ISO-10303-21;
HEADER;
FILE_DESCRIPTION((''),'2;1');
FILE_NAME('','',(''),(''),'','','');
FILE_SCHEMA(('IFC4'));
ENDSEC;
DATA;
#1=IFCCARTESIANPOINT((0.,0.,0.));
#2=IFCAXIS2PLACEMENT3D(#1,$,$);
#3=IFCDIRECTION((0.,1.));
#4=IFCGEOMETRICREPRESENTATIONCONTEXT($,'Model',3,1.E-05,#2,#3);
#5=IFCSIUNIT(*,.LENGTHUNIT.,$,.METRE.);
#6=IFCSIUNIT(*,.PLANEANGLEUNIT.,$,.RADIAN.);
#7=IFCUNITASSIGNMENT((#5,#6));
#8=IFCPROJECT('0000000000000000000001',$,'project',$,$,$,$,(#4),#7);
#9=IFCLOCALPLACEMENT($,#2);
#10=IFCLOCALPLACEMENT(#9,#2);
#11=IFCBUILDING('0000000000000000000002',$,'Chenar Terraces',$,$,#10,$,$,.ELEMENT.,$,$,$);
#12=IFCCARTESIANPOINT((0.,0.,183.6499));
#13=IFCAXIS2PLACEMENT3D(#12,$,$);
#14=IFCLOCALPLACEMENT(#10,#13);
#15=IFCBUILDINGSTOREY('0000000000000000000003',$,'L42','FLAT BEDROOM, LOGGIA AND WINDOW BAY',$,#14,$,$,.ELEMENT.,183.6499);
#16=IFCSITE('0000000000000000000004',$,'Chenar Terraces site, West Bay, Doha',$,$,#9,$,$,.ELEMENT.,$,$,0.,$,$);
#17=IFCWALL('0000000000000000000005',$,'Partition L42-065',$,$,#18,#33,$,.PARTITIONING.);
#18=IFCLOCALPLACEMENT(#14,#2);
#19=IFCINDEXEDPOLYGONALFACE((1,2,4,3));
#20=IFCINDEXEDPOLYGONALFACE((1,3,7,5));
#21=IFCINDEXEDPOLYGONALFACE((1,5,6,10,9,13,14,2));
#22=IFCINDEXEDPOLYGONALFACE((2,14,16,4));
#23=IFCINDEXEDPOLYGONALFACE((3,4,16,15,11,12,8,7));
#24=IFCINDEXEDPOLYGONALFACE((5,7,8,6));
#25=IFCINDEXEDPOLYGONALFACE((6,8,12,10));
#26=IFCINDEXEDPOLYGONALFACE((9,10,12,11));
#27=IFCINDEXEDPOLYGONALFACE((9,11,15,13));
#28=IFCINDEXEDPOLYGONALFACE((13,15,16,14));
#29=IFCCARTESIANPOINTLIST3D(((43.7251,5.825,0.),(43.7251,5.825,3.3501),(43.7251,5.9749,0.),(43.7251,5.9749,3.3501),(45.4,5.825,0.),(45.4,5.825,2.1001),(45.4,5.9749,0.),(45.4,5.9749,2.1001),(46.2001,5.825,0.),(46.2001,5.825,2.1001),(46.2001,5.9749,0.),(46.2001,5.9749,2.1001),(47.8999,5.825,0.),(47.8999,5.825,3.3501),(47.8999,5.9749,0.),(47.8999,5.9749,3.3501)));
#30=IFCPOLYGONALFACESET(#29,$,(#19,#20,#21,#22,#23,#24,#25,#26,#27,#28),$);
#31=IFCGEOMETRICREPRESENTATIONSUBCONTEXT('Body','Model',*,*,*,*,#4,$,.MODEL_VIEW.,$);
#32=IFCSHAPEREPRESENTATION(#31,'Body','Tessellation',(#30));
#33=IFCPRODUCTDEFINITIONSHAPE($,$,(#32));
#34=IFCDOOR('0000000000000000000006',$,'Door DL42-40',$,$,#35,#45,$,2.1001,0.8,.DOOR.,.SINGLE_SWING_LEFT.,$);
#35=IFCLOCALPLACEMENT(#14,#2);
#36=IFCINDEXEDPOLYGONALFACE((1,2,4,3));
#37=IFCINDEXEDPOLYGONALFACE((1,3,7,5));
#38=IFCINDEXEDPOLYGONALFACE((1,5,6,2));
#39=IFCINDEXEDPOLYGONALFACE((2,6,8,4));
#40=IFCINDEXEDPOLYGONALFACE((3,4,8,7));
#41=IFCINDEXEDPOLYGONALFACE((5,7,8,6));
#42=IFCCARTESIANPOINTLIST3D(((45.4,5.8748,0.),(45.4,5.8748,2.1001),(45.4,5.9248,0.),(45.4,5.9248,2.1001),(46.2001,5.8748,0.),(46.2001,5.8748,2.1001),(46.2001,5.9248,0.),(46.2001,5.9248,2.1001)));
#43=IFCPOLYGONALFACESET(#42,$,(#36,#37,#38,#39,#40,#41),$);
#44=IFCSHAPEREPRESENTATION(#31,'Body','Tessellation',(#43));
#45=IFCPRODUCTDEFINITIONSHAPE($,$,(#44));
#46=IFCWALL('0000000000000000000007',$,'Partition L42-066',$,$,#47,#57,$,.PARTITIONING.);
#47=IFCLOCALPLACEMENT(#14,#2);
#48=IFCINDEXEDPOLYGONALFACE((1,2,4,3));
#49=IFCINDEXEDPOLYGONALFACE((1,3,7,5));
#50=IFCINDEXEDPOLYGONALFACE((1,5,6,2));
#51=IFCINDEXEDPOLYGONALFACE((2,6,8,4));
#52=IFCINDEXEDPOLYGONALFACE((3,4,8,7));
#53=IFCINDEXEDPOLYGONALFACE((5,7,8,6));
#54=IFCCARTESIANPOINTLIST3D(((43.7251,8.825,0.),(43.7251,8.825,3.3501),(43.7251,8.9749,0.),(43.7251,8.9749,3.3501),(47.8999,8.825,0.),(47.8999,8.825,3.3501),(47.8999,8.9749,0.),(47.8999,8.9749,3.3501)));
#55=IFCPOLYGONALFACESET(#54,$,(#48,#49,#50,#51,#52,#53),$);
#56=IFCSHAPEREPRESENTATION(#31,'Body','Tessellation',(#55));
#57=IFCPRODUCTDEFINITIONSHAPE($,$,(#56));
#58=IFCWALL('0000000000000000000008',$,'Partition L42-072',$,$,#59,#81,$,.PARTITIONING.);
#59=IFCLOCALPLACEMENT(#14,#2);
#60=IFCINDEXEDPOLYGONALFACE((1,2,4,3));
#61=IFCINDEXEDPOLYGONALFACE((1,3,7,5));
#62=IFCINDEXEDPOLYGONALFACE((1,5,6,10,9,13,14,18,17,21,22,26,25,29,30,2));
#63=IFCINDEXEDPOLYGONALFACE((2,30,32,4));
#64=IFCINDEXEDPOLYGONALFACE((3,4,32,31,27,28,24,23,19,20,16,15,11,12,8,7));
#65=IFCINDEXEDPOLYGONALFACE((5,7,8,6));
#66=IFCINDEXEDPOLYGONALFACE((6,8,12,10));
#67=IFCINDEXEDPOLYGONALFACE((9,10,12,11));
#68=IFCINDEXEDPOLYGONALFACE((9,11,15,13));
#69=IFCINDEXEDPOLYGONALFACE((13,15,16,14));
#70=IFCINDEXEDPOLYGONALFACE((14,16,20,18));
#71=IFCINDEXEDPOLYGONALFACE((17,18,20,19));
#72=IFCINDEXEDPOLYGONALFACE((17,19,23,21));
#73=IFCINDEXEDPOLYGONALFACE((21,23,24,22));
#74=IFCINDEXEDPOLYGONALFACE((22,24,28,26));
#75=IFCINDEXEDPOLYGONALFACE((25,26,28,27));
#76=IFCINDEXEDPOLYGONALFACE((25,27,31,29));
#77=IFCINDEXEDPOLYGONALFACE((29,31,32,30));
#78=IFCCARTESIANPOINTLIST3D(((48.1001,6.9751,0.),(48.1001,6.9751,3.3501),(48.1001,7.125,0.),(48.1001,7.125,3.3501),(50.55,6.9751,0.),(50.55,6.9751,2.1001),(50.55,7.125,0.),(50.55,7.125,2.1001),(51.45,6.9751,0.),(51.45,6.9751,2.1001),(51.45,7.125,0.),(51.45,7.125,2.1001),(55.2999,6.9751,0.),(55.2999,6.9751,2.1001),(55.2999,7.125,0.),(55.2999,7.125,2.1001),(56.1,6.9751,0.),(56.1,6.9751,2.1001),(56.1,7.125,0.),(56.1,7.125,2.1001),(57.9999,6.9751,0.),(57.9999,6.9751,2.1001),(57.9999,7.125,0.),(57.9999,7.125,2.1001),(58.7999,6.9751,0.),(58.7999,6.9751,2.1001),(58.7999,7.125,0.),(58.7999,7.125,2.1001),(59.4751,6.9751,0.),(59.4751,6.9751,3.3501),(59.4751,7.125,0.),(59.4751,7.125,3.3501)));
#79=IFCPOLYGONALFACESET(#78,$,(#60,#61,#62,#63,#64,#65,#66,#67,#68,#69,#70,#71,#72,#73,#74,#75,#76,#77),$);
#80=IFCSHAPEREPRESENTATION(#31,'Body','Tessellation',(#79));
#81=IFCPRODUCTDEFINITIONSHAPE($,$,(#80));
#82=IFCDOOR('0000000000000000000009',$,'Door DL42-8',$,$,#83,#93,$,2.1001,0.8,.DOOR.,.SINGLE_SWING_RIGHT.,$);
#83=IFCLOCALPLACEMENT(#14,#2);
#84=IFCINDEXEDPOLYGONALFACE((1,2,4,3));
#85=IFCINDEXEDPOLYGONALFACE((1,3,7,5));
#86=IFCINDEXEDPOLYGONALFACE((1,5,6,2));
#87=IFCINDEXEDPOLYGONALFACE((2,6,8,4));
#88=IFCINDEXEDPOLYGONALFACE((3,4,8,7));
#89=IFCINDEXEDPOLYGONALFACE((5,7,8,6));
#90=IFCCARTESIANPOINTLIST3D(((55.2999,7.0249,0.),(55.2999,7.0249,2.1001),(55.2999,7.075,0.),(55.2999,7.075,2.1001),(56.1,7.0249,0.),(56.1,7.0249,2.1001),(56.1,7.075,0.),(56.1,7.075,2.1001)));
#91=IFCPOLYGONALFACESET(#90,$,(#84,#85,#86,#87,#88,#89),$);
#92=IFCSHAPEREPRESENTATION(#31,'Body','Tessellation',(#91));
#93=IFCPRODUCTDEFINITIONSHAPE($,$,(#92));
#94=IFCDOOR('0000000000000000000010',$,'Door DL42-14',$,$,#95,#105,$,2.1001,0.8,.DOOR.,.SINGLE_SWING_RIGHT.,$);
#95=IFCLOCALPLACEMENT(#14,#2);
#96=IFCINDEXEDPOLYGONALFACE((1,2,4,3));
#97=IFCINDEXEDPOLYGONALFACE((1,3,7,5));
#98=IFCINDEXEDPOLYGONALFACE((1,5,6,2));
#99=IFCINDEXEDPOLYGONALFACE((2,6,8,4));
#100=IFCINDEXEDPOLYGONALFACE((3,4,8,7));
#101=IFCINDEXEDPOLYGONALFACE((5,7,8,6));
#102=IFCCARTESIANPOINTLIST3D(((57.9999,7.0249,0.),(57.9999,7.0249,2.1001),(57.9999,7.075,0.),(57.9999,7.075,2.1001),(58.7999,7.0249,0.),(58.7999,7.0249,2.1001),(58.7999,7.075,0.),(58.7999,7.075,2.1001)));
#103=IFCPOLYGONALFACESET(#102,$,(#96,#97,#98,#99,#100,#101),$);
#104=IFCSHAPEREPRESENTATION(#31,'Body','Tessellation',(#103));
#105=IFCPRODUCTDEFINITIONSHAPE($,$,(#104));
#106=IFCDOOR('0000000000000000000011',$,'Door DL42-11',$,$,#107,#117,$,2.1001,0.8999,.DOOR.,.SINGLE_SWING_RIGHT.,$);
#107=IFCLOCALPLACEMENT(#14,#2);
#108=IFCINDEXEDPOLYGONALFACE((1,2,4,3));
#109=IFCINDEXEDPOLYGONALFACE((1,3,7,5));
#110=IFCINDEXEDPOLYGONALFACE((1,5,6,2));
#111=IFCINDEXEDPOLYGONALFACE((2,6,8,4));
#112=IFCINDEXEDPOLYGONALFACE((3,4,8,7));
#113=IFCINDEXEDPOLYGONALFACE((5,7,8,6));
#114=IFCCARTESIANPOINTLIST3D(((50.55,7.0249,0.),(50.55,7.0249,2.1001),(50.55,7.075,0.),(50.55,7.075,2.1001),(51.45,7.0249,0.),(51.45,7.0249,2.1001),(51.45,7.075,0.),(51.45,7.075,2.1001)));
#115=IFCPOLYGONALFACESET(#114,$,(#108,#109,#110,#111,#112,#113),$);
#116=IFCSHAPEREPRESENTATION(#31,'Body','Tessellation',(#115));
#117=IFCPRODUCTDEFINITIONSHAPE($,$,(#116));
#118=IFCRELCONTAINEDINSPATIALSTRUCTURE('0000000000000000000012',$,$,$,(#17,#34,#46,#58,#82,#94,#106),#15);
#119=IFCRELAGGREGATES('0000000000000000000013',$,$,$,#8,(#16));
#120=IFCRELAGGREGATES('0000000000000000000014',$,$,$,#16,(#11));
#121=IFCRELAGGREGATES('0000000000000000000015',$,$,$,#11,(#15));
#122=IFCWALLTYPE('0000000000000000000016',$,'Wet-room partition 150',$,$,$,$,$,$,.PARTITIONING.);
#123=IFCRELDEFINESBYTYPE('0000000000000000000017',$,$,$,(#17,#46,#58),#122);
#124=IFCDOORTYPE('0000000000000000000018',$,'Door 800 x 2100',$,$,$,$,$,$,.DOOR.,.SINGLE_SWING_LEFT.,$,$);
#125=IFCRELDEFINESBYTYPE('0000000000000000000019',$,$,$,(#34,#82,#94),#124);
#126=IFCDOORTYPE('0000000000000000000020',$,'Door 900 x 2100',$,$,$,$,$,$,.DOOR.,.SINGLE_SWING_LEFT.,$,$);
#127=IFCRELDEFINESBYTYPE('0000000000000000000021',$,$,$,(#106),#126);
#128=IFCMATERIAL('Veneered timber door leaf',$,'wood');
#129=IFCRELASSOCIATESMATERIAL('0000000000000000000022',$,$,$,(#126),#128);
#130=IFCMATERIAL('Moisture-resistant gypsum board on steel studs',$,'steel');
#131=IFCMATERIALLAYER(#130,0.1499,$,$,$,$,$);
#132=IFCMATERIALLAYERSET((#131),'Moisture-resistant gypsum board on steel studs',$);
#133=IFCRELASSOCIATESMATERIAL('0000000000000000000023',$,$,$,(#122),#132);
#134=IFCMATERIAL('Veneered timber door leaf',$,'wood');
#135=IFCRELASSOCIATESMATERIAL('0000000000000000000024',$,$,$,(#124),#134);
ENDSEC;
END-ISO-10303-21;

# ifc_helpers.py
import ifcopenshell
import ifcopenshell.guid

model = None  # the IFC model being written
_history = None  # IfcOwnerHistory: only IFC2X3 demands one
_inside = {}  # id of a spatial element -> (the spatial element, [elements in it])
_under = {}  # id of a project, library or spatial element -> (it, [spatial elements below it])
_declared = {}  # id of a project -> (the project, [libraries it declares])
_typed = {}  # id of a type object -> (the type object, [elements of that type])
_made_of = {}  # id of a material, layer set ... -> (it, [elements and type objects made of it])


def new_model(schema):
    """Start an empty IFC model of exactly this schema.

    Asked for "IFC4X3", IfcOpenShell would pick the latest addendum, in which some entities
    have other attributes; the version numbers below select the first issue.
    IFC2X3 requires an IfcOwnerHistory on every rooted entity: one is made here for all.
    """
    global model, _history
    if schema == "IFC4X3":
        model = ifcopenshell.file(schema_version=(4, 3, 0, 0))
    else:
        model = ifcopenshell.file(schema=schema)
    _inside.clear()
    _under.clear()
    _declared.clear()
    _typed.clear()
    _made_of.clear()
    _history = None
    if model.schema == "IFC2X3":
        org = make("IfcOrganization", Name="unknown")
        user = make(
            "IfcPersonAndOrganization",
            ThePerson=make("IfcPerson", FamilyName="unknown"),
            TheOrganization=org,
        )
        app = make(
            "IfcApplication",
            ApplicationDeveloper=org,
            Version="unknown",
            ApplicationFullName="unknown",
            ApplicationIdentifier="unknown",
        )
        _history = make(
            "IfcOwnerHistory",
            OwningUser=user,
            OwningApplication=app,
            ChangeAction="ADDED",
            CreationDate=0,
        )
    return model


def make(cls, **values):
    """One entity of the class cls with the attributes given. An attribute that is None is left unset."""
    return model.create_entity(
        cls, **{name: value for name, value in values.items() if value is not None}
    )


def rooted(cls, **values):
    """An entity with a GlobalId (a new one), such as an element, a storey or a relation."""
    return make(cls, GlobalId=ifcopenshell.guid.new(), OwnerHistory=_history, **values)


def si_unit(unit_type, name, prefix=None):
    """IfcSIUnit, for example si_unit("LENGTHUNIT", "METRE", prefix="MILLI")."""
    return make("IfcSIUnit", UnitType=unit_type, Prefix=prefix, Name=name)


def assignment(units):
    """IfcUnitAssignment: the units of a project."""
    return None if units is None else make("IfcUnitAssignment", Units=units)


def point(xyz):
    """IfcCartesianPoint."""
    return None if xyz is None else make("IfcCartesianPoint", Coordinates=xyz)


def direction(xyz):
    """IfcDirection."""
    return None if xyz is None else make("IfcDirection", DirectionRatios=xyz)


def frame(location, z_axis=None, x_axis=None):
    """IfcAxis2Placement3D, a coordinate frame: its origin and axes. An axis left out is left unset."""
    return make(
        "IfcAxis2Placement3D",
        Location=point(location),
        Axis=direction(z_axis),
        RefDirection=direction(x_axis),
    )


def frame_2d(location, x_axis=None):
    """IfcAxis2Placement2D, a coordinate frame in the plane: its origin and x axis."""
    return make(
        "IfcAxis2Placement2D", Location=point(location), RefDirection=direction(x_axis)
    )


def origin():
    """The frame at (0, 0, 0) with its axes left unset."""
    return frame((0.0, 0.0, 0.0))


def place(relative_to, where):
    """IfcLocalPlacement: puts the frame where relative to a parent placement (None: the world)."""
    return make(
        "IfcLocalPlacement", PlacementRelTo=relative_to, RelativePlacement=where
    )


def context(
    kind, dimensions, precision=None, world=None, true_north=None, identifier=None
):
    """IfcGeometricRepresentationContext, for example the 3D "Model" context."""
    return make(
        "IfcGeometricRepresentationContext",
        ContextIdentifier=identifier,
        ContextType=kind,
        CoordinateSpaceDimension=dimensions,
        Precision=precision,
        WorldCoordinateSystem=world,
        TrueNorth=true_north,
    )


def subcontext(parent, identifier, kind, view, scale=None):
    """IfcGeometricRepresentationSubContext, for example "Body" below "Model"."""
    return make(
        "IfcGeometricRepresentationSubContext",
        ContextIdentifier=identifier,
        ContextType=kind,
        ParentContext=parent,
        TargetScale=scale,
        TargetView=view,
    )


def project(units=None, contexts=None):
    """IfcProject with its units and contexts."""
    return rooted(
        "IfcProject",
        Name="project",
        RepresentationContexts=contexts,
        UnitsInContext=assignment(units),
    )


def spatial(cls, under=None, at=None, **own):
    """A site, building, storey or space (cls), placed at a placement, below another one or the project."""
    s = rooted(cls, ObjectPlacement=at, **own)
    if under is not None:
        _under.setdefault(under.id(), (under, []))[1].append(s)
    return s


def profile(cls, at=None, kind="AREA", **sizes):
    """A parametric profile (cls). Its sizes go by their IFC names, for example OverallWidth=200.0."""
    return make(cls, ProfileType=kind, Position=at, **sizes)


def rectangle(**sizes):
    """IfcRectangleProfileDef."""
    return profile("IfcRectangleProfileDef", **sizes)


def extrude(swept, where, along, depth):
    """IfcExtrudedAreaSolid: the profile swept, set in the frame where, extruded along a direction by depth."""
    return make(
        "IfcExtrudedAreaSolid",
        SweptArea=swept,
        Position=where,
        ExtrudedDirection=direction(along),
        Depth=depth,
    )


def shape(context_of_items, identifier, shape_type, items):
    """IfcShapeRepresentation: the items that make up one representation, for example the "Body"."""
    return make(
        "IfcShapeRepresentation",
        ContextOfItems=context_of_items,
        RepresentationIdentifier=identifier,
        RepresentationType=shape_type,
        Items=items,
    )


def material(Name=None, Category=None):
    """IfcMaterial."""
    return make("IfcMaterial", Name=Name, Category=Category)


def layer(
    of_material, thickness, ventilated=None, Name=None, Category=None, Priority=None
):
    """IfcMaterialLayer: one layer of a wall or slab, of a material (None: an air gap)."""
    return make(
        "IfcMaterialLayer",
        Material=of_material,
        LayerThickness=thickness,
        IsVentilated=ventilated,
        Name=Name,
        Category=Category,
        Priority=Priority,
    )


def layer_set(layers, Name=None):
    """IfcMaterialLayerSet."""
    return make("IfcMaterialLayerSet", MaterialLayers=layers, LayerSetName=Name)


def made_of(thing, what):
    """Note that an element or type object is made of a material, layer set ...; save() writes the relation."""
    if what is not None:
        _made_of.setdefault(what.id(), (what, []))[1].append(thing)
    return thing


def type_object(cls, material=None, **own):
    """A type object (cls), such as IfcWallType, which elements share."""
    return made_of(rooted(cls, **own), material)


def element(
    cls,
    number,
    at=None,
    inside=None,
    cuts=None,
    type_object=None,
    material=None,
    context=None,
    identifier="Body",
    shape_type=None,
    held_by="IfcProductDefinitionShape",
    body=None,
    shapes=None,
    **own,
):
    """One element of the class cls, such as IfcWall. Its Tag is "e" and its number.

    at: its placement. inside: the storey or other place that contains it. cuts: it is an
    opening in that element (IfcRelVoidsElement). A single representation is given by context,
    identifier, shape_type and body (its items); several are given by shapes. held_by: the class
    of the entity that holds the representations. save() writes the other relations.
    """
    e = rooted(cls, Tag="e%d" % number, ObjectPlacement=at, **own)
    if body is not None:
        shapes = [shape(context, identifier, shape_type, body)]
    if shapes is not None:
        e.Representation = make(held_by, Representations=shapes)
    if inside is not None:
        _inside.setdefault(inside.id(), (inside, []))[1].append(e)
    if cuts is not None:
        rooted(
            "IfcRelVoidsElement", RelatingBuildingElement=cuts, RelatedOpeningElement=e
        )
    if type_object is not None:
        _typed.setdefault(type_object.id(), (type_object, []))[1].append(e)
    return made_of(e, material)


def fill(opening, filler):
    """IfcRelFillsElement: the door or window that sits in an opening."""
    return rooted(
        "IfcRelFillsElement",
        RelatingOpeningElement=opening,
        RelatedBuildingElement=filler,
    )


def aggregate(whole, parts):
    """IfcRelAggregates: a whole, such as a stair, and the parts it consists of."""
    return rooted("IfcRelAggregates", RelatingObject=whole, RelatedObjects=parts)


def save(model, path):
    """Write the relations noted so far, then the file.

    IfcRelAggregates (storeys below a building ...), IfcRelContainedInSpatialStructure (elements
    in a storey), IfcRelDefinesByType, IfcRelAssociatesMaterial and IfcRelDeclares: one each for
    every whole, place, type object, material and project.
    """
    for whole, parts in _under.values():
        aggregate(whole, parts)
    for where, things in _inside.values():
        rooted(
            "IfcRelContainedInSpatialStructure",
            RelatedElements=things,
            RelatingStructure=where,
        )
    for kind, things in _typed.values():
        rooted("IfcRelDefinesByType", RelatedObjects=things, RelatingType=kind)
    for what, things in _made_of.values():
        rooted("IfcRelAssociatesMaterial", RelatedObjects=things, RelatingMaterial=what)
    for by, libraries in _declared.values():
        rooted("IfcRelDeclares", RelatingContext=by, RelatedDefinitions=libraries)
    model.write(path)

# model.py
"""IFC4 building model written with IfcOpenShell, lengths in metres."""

from ifc_helpers import new_model, si_unit, direction, frame, frame_2d, origin, place, context, subcontext, project, spatial, rectangle, extrude, material, layer, layer_set, type_object, element, fill, save


model = new_model("IFC4")

# Units and contexts
model_context = context("Model", 3, precision=1e-05, world=origin(), true_north=direction((0.0, 1.0)))
body_context = subcontext(model_context, "Body", "Model", "MODEL_VIEW")
ifc_project = project(units=[si_unit("LENGTHUNIT", "METRE"), si_unit("PLANEANGLEUNIT", "RADIAN")], contexts=[model_context])

# Site, building, storey
site_placement = place(None, origin())
site = spatial("IfcSite", under=ifc_project, at=site_placement, Name="Chenar Terraces site, West Bay, Doha", CompositionType="ELEMENT", RefElevation=0.0)
building_placement = place(site_placement, origin())
building = spatial("IfcBuilding", under=site, at=building_placement, Name="Chenar Terraces", CompositionType="ELEMENT")
storey_placement = place(building_placement, frame((0.0, 0.0, 183.6499)))
storey = spatial("IfcBuildingStorey", under=building, at=storey_placement, Name="L42", Description="FLAT BEDROOM, LOGGIA AND WINDOW BAY", CompositionType="ELEMENT", Elevation=183.6499)

# Wall, opening, door
ifc_material_1 = material(Name="Veneered timber door leaf", Category="wood")
door_type_1 = type_object("IfcDoorType", Name="Door 900 x 2100", OperationType="SINGLE_SWING_LEFT", PredefinedType="DOOR", material=ifc_material_1)
ifc_material_2 = material(Name="Moisture-resistant gypsum board on steel studs", Category="steel")
ifc_layer_1 = layer(ifc_material_2, 0.1499)
ifc_layer_set_1 = layer_set([ifc_layer_1], Name="Moisture-resistant gypsum board on steel studs")
wall_type_1 = type_object("IfcWallType", Name="Wet-room partition 150", PredefinedType="PARTITIONING", material=ifc_layer_set_1)
wall_1_placement = place(storey_placement, frame((43.7251, 5.8999, 0.0), z_axis=(0.0, 0.0, 1.0), x_axis=(1.0, 0.0, 0.0)))
wall_1 = element("IfcWall", 1, at=wall_1_placement, inside=storey, type_object=wall_type_1, Name="Partition L42-065", PredefinedType="PARTITIONING", context=body_context, shape_type="SweptSolid", body=[
    extrude(rectangle(XDim=4.1748, YDim=0.1499, at=frame_2d((2.0874, 0.0))), origin(), (0.0, 0.0, 1.0), 3.3501),
])
opening_1_placement = place(wall_1_placement, frame((1.675, 0.0, 0.0)))
opening_1 = element("IfcOpeningElement", 2, at=opening_1_placement, cuts=wall_1, PredefinedType="OPENING", context=body_context, shape_type="SweptSolid", body=[
    extrude(rectangle(XDim=0.8, YDim=2.1001, at=frame_2d((0.3999, 1.05))), frame((0.0, 0.085, 0.0), z_axis=(0.0, -1.0, 0.0), x_axis=(1.0, 0.0, 0.0)), (0.0, 0.0, 1.0), 0.1699),
])
ifc_material_3 = material(Name="Veneered timber door leaf", Category="wood")
door_type_2 = type_object("IfcDoorType", Name="Door 800 x 2100", OperationType="SINGLE_SWING_LEFT", PredefinedType="DOOR", material=ifc_material_3)
door_1_placement = place(opening_1_placement, origin())
door_1 = element("IfcDoor", 3, at=door_1_placement, inside=storey, type_object=door_type_2, Name="Door DL42-40", OperationType="SINGLE_SWING_LEFT", OverallHeight=2.1001, OverallWidth=0.8, PredefinedType="DOOR", context=body_context, shape_type="SweptSolid", body=[
    extrude(rectangle(XDim=0.8, YDim=2.1001, at=frame_2d((0.3999, 1.05))), frame((0.0, 0.0249, 0.0), z_axis=(0.0, -1.0, 0.0), x_axis=(1.0, 0.0, 0.0)), (0.0, 0.0, 1.0), 0.05),
])
fill(opening_1, door_1)

# Wall
wall_2_placement = place(storey_placement, frame((43.7251, 8.8999, 0.0), z_axis=(0.0, 0.0, 1.0), x_axis=(1.0, 0.0, 0.0)))
element("IfcWall", 4, at=wall_2_placement, inside=storey, type_object=wall_type_1, Name="Partition L42-066", PredefinedType="PARTITIONING", context=body_context, shape_type="SweptSolid", body=[
    extrude(rectangle(XDim=4.1748, YDim=0.1499, at=frame_2d((2.0874, 0.0))), origin(), (0.0, 0.0, 1.0), 3.3501),
])

# Wall, openings, doors
wall_3_placement = place(storey_placement, frame((48.1001, 7.05, 0.0), z_axis=(0.0, 0.0, 1.0), x_axis=(1.0, 0.0, 0.0)))
wall_3 = element("IfcWall", 5, at=wall_3_placement, inside=storey, type_object=wall_type_1, Name="Partition L42-072", PredefinedType="PARTITIONING", context=body_context, shape_type="SweptSolid", body=[
    extrude(rectangle(XDim=11.375, YDim=0.1499, at=frame_2d((5.6875, 0.0))), origin(), (0.0, 0.0, 1.0), 3.3501),
])
opening_2_placement = place(wall_3_placement, frame((7.2, 0.0, 0.0)))
opening_2 = element("IfcOpeningElement", 6, at=opening_2_placement, cuts=wall_3, PredefinedType="OPENING", context=body_context, shape_type="SweptSolid", body=[
    extrude(rectangle(XDim=0.8, YDim=2.1001, at=frame_2d((0.3999, 1.05))), frame((0.0, 0.085, 0.0), z_axis=(0.0, -1.0, 0.0), x_axis=(1.0, 0.0, 0.0)), (0.0, 0.0, 1.0), 0.1699),
])
opening_3_placement = place(wall_3_placement, frame((2.45, 0.0, 0.0)))
opening_3 = element("IfcOpeningElement", 7, at=opening_3_placement, cuts=wall_3, PredefinedType="OPENING", context=body_context, shape_type="SweptSolid", body=[
    extrude(rectangle(XDim=0.8999, YDim=2.1001, at=frame_2d((0.45, 1.05))), frame((0.0, 0.085, 0.0), z_axis=(0.0, -1.0, 0.0), x_axis=(1.0, 0.0, 0.0)), (0.0, 0.0, 1.0), 0.1699),
])
opening_4_placement = place(wall_3_placement, frame((9.8999, 0.0, 0.0)))
opening_4 = element("IfcOpeningElement", 8, at=opening_4_placement, cuts=wall_3, PredefinedType="OPENING", context=body_context, shape_type="SweptSolid", body=[
    extrude(rectangle(XDim=0.8, YDim=2.1001, at=frame_2d((0.3999, 1.05))), frame((0.0, 0.085, 0.0), z_axis=(0.0, -1.0, 0.0), x_axis=(1.0, 0.0, 0.0)), (0.0, 0.0, 1.0), 0.1699),
])
door_2_placement = place(opening_2_placement, origin())
door_2 = element("IfcDoor", 9, at=door_2_placement, inside=storey, type_object=door_type_2, Name="Door DL42-8", OperationType="SINGLE_SWING_RIGHT", OverallHeight=2.1001, OverallWidth=0.8, PredefinedType="DOOR", context=body_context, shape_type="SweptSolid", body=[
    extrude(rectangle(XDim=0.8, YDim=2.1001, at=frame_2d((0.3999, 1.05))), frame((0.0, 0.0249, 0.0), z_axis=(0.0, -1.0, 0.0), x_axis=(1.0, 0.0, 0.0)), (0.0, 0.0, 1.0), 0.05),
])
fill(opening_2, door_2)
door_3_placement = place(opening_4_placement, origin())
door_3 = element("IfcDoor", 10, at=door_3_placement, inside=storey, type_object=door_type_2, Name="Door DL42-14", OperationType="SINGLE_SWING_RIGHT", OverallHeight=2.1001, OverallWidth=0.8, PredefinedType="DOOR", context=body_context, shape_type="SweptSolid", body=[
    extrude(rectangle(XDim=0.8, YDim=2.1001, at=frame_2d((0.3999, 1.05))), frame((0.0, 0.0249, 0.0), z_axis=(0.0, -1.0, 0.0), x_axis=(1.0, 0.0, 0.0)), (0.0, 0.0, 1.0), 0.05),
])
fill(opening_4, door_3)
door_4_placement = place(opening_3_placement, origin())
door_4 = element("IfcDoor", 11, at=door_4_placement, inside=storey, type_object=door_type_1, Name="Door DL42-11", OperationType="SINGLE_SWING_RIGHT", OverallHeight=2.1001, OverallWidth=0.8999, PredefinedType="DOOR", context=body_context, shape_type="SweptSolid", body=[
    extrude(rectangle(XDim=0.8999, YDim=2.1001, at=frame_2d((0.45, 1.05))), frame((0.0, 0.0249, 0.0), z_axis=(0.0, -1.0, 0.0), x_axis=(1.0, 0.0, 0.0)), (0.0, 0.0, 1.0), 0.05),
])
fill(opening_3, door_4)

save(model, "model.ifc")
